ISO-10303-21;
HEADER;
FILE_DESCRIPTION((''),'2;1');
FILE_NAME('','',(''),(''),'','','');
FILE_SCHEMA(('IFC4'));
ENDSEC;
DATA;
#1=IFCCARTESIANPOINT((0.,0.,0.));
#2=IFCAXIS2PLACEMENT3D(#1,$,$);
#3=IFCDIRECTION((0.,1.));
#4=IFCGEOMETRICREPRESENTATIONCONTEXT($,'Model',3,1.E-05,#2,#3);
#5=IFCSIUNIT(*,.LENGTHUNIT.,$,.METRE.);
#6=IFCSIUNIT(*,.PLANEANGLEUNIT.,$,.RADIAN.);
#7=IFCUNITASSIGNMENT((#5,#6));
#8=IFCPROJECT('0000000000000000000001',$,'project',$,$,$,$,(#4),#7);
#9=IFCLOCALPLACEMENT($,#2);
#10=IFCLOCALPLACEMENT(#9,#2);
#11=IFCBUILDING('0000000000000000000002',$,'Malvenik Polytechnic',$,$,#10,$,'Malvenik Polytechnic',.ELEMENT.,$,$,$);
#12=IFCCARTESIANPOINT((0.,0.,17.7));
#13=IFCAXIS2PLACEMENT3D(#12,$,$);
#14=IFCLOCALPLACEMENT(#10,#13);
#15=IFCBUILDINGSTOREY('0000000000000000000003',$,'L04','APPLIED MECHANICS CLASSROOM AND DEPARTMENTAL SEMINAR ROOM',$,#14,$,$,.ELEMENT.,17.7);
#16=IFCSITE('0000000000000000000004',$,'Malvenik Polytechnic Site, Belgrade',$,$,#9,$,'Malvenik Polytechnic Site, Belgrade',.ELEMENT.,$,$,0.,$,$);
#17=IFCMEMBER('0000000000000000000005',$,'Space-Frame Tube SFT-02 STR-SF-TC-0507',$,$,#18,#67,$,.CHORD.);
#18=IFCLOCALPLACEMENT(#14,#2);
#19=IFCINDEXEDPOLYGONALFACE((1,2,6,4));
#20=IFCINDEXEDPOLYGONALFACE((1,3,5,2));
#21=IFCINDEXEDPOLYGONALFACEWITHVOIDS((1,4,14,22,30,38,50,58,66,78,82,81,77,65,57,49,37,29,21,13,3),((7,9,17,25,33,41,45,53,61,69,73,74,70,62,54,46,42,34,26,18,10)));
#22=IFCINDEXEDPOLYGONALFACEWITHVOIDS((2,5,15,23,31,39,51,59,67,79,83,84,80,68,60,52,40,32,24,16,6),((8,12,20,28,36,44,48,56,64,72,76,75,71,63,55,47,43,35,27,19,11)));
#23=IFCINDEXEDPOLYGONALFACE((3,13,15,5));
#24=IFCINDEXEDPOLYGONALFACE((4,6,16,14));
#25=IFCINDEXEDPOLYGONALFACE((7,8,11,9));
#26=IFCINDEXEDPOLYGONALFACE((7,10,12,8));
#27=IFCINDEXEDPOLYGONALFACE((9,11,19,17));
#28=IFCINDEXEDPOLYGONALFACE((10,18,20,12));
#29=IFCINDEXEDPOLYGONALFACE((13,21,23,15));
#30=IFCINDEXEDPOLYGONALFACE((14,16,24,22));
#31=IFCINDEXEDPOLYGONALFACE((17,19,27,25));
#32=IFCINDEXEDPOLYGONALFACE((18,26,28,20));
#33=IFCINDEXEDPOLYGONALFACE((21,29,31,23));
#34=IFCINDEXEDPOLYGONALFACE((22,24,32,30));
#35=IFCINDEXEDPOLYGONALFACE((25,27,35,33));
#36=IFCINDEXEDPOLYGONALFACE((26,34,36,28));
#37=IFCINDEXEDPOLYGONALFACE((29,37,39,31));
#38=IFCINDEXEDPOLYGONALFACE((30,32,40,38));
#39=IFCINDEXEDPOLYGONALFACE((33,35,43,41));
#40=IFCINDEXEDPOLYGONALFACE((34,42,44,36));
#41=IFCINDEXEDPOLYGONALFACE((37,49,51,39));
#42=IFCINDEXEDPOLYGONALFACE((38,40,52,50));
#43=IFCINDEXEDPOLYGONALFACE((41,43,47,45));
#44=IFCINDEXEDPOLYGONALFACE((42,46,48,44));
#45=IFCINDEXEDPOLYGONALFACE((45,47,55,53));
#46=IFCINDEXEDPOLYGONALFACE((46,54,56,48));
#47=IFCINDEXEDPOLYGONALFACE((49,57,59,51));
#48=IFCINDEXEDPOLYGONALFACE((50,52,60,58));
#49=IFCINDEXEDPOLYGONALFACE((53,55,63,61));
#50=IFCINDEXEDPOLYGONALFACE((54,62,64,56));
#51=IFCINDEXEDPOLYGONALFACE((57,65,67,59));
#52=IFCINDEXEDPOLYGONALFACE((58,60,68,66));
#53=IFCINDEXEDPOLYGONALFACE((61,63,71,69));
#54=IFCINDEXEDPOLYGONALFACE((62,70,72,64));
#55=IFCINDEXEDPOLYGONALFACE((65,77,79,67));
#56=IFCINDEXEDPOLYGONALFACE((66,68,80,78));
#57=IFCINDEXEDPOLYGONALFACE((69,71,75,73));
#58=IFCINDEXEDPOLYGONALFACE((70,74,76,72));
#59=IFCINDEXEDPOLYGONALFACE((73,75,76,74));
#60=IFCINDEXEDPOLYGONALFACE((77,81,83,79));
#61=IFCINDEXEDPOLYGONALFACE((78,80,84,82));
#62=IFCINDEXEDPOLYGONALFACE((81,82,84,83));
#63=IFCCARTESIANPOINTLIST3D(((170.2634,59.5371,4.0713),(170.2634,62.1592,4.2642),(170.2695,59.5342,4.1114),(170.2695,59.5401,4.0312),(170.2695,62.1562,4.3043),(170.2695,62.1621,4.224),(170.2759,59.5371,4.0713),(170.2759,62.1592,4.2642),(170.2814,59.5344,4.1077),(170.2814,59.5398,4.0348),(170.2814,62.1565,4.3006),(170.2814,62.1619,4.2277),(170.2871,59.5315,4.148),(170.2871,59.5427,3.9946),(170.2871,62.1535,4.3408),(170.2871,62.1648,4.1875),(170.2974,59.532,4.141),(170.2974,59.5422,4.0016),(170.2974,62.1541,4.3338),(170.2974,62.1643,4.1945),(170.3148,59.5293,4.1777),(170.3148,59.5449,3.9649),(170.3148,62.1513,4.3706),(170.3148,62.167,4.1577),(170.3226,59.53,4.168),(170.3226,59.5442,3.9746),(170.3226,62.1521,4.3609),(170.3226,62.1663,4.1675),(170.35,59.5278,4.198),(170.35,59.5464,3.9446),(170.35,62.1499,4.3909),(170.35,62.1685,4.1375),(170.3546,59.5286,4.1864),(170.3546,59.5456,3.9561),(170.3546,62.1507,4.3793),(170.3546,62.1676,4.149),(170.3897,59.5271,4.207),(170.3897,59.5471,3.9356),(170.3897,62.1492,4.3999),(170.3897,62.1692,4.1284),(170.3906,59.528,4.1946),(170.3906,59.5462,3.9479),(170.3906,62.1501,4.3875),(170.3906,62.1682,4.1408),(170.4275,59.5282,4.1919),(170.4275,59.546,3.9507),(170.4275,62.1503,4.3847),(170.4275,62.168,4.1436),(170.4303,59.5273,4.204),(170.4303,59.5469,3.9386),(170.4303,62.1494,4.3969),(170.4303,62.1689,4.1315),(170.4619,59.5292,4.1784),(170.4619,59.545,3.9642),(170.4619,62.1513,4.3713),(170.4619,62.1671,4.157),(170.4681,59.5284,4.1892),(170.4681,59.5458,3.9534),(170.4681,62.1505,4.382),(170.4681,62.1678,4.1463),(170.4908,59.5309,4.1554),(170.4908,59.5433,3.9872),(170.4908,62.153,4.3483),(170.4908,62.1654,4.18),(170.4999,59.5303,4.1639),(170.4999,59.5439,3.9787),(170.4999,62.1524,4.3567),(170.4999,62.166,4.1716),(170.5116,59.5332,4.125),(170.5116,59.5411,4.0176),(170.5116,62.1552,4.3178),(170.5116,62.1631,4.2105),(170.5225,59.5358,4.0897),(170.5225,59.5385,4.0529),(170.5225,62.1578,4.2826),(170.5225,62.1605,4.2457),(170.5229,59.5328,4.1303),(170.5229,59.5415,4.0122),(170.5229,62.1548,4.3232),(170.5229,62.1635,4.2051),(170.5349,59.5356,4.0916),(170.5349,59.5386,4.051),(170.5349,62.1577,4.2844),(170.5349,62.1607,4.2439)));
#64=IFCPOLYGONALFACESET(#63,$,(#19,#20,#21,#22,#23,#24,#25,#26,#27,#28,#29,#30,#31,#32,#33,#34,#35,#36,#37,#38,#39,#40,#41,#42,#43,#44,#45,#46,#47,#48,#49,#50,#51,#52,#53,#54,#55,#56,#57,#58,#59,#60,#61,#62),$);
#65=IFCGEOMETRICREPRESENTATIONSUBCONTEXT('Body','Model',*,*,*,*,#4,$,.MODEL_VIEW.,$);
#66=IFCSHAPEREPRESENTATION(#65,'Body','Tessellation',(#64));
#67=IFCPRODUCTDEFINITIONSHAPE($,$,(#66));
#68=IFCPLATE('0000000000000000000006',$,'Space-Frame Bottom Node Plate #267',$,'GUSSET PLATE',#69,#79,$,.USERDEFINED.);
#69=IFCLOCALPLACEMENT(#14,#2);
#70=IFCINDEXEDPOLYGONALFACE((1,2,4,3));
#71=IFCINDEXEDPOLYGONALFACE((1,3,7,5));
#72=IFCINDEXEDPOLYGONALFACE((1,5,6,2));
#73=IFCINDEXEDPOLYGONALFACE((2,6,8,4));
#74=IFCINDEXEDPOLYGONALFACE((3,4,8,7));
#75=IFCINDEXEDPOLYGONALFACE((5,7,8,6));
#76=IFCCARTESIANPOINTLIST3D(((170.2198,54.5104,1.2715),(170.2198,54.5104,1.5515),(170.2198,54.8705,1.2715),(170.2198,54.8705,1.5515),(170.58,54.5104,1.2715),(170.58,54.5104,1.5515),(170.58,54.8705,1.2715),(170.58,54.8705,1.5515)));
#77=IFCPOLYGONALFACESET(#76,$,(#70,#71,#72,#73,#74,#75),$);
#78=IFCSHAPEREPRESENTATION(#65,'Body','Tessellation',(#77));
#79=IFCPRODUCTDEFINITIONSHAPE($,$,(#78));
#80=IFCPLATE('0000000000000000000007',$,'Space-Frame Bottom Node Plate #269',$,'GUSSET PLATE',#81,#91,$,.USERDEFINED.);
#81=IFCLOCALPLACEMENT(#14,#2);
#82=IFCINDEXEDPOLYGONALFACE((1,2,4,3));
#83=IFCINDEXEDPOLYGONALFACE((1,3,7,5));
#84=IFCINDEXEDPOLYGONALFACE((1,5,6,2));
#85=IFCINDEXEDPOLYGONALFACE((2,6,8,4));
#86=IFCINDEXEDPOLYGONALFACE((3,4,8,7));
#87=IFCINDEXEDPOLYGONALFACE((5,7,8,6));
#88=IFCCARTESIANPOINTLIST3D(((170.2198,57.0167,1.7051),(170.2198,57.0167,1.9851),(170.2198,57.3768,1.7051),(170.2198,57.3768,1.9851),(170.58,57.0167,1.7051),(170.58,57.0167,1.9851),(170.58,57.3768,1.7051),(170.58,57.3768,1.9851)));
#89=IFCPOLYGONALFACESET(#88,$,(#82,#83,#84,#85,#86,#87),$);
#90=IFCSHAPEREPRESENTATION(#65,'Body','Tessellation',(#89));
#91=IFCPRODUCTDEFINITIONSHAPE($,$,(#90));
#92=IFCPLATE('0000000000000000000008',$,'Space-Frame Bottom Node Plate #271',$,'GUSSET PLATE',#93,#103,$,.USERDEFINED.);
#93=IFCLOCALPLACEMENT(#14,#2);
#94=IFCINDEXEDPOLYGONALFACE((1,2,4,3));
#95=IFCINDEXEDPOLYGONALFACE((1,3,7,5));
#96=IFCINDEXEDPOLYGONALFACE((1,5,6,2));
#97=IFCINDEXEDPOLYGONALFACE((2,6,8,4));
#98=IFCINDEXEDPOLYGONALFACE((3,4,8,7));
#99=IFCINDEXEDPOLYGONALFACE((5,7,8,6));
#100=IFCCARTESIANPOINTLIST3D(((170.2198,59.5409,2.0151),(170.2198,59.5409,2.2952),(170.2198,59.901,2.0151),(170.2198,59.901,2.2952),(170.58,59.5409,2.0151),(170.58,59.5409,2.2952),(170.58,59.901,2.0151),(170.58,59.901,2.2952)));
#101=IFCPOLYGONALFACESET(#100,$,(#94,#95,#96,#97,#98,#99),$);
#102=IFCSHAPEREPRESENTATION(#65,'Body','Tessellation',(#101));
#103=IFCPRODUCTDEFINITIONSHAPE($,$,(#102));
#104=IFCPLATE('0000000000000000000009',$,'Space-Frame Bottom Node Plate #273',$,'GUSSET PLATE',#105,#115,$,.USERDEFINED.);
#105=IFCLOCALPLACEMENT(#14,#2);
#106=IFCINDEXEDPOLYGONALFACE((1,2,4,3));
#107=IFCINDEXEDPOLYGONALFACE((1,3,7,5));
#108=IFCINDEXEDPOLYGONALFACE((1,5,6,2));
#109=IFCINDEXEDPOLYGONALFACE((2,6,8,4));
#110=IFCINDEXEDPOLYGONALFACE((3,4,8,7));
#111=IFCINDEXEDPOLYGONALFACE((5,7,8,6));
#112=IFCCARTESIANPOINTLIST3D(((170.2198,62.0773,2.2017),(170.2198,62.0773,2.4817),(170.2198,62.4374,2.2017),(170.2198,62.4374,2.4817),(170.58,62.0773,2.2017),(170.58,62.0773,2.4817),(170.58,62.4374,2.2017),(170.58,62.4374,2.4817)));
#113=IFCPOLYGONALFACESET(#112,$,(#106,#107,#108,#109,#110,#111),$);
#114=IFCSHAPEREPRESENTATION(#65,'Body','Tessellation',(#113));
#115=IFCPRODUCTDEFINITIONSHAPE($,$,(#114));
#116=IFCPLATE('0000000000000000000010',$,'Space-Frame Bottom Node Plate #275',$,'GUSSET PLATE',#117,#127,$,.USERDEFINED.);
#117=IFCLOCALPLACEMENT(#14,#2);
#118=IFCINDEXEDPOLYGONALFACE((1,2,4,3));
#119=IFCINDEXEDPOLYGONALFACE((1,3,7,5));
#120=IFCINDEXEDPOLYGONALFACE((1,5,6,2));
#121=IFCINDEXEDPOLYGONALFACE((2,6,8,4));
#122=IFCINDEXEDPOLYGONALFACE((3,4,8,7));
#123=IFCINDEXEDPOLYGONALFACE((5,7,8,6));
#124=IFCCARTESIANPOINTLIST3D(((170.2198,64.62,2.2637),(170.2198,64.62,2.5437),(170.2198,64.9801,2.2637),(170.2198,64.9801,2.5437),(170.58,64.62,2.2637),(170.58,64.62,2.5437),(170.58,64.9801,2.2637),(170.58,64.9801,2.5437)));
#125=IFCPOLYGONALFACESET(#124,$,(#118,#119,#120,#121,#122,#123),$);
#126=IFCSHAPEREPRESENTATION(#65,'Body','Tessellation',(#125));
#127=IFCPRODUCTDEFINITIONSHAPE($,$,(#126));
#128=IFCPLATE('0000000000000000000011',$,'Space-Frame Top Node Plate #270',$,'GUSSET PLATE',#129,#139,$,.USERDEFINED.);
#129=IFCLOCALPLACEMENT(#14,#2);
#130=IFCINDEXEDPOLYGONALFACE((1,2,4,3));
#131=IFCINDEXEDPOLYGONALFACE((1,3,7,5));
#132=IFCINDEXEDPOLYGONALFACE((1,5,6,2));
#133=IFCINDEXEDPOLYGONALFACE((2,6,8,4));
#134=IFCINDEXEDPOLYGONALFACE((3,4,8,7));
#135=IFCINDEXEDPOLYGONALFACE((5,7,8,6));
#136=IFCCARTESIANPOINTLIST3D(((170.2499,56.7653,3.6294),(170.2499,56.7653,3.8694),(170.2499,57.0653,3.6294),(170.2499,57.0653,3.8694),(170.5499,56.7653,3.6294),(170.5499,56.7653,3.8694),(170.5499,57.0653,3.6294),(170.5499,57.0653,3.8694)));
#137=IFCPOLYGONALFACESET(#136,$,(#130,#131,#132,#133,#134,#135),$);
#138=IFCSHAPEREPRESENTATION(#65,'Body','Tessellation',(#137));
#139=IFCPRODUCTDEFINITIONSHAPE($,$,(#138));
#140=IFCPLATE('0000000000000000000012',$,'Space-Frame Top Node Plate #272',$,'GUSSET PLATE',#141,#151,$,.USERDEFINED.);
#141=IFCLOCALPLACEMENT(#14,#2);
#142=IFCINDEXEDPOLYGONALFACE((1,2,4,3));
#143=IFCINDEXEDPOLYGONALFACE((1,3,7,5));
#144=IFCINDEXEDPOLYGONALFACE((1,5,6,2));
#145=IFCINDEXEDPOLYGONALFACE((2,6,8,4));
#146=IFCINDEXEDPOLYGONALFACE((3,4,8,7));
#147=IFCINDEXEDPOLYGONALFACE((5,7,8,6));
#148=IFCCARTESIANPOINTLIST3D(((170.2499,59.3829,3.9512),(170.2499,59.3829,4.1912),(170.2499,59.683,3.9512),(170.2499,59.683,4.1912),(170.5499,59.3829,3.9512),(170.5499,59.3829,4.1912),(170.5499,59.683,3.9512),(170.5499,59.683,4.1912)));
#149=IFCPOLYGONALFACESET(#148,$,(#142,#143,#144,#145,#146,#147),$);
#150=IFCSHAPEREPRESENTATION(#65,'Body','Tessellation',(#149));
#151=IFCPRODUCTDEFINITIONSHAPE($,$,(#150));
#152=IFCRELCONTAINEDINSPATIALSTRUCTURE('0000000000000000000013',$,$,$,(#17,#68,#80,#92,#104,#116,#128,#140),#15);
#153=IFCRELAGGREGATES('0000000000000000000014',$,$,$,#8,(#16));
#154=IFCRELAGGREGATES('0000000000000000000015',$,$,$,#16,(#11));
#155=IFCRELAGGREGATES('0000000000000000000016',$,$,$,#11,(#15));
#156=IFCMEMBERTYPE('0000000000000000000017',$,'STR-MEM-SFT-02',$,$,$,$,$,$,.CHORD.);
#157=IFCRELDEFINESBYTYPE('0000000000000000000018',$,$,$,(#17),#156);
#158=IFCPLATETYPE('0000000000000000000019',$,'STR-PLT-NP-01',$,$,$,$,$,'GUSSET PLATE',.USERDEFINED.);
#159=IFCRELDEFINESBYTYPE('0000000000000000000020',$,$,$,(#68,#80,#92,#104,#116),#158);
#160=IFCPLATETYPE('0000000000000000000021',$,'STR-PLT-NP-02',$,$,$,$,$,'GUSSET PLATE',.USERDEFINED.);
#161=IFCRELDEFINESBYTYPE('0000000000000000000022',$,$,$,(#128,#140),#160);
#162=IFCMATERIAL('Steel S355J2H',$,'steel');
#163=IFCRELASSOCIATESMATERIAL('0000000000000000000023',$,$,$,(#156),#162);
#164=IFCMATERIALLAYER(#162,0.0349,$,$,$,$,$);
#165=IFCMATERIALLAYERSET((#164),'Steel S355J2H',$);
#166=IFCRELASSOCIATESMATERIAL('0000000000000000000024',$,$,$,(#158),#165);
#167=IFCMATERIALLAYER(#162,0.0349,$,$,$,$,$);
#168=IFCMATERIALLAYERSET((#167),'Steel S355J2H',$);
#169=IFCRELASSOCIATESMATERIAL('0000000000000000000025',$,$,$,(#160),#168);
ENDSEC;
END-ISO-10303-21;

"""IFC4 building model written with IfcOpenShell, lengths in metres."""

from ifc_helpers import new_model, si_unit, direction, frame, origin, origin_2d, place, context, subcontext, project, spatial, rectangle, hollow_circle, extrude, material, layer, layer_set, material_profile, profile_set, type_object, element, save


model = new_model("IFC4")

# Units and contexts
model_context = context("Model", 3, precision=1e-05, world=origin(), true_north=direction((0.0, 1.0)))
body_context = subcontext(model_context, "Body", "Model", "MODEL_VIEW")
ifc_project = project(units=[si_unit("LENGTHUNIT", "METRE"), si_unit("PLANEANGLEUNIT", "RADIAN")], contexts=[model_context])

# Site, building, storey
site_placement = place(None, origin())
site = spatial("IfcSite", under=ifc_project, at=site_placement, Name="Malvenik Polytechnic Site, Belgrade", LongName="Malvenik Polytechnic Site, Belgrade", CompositionType="ELEMENT", RefElevation=0.0)
building_placement = place(site_placement, origin())
building = spatial("IfcBuilding", under=site, at=building_placement, Name="Malvenik Polytechnic", LongName="Malvenik Polytechnic", CompositionType="ELEMENT")
storey_placement = place(building_placement, frame((0.0, 0.0, 17.7)))
storey = spatial("IfcBuildingStorey", under=building, at=storey_placement, Name="L04", Description="APPLIED MECHANICS CLASSROOM AND DEPARTMENTAL SEMINAR ROOM", CompositionType="ELEMENT", Elevation=17.7)

# Member
ifc_material_1 = material(Name="Steel S355J2H", Category="steel")
ifc_material_profile_1 = material_profile(ifc_material_1, hollow_circle(Radius=0.1365, WallThickness=0.0125, at=origin_2d()), Name="CHS 273.0x12.5")
ifc_profile_set_1 = profile_set([ifc_material_profile_1], Name="Steel S355J2H")
member_type_1 = type_object("IfcMemberType", Name="STR-MEM-SFT-02", PredefinedType="CHORD", material=ifc_profile_set_1)
member_1_placement = place(storey_placement, frame((170.3999, 59.5371, 4.0713), z_axis=(0.0, 0.997306, 0.073359), x_axis=(-1.0, 0.0, 0.0)))
element("IfcMember", 1, at=member_1_placement, inside=storey, type_object=member_type_1, Name="Space-Frame Tube SFT-02 STR-SF-TC-0507", PredefinedType="CHORD", context=body_context, shape_type="SweptSolid", body=[
    extrude(hollow_circle(Radius=0.1365, WallThickness=0.0125, at=origin_2d()), origin(), (0.0, 0.0, 1.0), 2.6292),
])

# Plates
ifc_layer_1 = layer(ifc_material_1, 0.0349)
ifc_layer_set_1 = layer_set([ifc_layer_1], Name="Steel S355J2H")
plate_type_1 = type_object("IfcPlateType", Name="STR-PLT-NP-01", ElementType="GUSSET PLATE", PredefinedType="USERDEFINED", material=ifc_layer_set_1)
for number, where, z_axis, x_axis, name in (
    (2, (170.3999, 54.6904, 1.2715), (0.0, 0.0, 1.0), (1.0, 0.0, 0.0), "Space-Frame Bottom Node Plate #267"),
    (3, (170.3999, 57.1968, 1.7051), (0.0, 0.0, 1.0), (1.0, 0.0, 0.0), "Space-Frame Bottom Node Plate #269"),
    (4, (170.3999, 59.7209, 2.0151), (0.0, 0.0, 1.0), (1.0, 0.0, 0.0), "Space-Frame Bottom Node Plate #271"),
    (5, (170.3999, 62.2573, 2.2017), (0.0, 0.0, 1.0), (1.0, 0.0, 0.0), "Space-Frame Bottom Node Plate #273"),
    (6, (170.3999, 64.8, 2.2637), (0.0, 0.0, 1.0), (1.0, 0.0, 0.0), "Space-Frame Bottom Node Plate #275"),
):
    element("IfcPlate", number, at=place(storey_placement, frame(where, z_axis=z_axis, x_axis=x_axis)), inside=storey, type_object=plate_type_1, Name=name, ObjectType="GUSSET PLATE", PredefinedType="USERDEFINED", context=body_context, shape_type="SweptSolid", body=[
        extrude(rectangle(XDim=0.3601, YDim=0.3601, at=origin_2d()), origin(), (0.0, 0.0, 1.0), 0.28),
    ])
ifc_layer_2 = layer(ifc_material_1, 0.0349)
ifc_layer_set_2 = layer_set([ifc_layer_2], Name="Steel S355J2H")
plate_type_2 = type_object("IfcPlateType", Name="STR-PLT-NP-02", ElementType="GUSSET PLATE", PredefinedType="USERDEFINED", material=ifc_layer_set_2)
for number, where, z_axis, x_axis, name in (
    (7, (170.3999, 56.9153, 3.6294), (0.0, 0.0, 1.0), (1.0, 0.0, 0.0), "Space-Frame Top Node Plate #270"),
    (8, (170.3999, 59.533, 3.9512), (0.0, 0.0, 1.0), (1.0, 0.0, 0.0), "Space-Frame Top Node Plate #272"),
):
    element("IfcPlate", number, at=place(storey_placement, frame(where, z_axis=z_axis, x_axis=x_axis)), inside=storey, type_object=plate_type_2, Name=name, ObjectType="GUSSET PLATE", PredefinedType="USERDEFINED", context=body_context, shape_type="SweptSolid", body=[
        extrude(rectangle(XDim=0.3, YDim=0.3, at=origin_2d()), origin(), (0.0, 0.0, 1.0), 0.24),
    ])

save(model, "model.ifc")
